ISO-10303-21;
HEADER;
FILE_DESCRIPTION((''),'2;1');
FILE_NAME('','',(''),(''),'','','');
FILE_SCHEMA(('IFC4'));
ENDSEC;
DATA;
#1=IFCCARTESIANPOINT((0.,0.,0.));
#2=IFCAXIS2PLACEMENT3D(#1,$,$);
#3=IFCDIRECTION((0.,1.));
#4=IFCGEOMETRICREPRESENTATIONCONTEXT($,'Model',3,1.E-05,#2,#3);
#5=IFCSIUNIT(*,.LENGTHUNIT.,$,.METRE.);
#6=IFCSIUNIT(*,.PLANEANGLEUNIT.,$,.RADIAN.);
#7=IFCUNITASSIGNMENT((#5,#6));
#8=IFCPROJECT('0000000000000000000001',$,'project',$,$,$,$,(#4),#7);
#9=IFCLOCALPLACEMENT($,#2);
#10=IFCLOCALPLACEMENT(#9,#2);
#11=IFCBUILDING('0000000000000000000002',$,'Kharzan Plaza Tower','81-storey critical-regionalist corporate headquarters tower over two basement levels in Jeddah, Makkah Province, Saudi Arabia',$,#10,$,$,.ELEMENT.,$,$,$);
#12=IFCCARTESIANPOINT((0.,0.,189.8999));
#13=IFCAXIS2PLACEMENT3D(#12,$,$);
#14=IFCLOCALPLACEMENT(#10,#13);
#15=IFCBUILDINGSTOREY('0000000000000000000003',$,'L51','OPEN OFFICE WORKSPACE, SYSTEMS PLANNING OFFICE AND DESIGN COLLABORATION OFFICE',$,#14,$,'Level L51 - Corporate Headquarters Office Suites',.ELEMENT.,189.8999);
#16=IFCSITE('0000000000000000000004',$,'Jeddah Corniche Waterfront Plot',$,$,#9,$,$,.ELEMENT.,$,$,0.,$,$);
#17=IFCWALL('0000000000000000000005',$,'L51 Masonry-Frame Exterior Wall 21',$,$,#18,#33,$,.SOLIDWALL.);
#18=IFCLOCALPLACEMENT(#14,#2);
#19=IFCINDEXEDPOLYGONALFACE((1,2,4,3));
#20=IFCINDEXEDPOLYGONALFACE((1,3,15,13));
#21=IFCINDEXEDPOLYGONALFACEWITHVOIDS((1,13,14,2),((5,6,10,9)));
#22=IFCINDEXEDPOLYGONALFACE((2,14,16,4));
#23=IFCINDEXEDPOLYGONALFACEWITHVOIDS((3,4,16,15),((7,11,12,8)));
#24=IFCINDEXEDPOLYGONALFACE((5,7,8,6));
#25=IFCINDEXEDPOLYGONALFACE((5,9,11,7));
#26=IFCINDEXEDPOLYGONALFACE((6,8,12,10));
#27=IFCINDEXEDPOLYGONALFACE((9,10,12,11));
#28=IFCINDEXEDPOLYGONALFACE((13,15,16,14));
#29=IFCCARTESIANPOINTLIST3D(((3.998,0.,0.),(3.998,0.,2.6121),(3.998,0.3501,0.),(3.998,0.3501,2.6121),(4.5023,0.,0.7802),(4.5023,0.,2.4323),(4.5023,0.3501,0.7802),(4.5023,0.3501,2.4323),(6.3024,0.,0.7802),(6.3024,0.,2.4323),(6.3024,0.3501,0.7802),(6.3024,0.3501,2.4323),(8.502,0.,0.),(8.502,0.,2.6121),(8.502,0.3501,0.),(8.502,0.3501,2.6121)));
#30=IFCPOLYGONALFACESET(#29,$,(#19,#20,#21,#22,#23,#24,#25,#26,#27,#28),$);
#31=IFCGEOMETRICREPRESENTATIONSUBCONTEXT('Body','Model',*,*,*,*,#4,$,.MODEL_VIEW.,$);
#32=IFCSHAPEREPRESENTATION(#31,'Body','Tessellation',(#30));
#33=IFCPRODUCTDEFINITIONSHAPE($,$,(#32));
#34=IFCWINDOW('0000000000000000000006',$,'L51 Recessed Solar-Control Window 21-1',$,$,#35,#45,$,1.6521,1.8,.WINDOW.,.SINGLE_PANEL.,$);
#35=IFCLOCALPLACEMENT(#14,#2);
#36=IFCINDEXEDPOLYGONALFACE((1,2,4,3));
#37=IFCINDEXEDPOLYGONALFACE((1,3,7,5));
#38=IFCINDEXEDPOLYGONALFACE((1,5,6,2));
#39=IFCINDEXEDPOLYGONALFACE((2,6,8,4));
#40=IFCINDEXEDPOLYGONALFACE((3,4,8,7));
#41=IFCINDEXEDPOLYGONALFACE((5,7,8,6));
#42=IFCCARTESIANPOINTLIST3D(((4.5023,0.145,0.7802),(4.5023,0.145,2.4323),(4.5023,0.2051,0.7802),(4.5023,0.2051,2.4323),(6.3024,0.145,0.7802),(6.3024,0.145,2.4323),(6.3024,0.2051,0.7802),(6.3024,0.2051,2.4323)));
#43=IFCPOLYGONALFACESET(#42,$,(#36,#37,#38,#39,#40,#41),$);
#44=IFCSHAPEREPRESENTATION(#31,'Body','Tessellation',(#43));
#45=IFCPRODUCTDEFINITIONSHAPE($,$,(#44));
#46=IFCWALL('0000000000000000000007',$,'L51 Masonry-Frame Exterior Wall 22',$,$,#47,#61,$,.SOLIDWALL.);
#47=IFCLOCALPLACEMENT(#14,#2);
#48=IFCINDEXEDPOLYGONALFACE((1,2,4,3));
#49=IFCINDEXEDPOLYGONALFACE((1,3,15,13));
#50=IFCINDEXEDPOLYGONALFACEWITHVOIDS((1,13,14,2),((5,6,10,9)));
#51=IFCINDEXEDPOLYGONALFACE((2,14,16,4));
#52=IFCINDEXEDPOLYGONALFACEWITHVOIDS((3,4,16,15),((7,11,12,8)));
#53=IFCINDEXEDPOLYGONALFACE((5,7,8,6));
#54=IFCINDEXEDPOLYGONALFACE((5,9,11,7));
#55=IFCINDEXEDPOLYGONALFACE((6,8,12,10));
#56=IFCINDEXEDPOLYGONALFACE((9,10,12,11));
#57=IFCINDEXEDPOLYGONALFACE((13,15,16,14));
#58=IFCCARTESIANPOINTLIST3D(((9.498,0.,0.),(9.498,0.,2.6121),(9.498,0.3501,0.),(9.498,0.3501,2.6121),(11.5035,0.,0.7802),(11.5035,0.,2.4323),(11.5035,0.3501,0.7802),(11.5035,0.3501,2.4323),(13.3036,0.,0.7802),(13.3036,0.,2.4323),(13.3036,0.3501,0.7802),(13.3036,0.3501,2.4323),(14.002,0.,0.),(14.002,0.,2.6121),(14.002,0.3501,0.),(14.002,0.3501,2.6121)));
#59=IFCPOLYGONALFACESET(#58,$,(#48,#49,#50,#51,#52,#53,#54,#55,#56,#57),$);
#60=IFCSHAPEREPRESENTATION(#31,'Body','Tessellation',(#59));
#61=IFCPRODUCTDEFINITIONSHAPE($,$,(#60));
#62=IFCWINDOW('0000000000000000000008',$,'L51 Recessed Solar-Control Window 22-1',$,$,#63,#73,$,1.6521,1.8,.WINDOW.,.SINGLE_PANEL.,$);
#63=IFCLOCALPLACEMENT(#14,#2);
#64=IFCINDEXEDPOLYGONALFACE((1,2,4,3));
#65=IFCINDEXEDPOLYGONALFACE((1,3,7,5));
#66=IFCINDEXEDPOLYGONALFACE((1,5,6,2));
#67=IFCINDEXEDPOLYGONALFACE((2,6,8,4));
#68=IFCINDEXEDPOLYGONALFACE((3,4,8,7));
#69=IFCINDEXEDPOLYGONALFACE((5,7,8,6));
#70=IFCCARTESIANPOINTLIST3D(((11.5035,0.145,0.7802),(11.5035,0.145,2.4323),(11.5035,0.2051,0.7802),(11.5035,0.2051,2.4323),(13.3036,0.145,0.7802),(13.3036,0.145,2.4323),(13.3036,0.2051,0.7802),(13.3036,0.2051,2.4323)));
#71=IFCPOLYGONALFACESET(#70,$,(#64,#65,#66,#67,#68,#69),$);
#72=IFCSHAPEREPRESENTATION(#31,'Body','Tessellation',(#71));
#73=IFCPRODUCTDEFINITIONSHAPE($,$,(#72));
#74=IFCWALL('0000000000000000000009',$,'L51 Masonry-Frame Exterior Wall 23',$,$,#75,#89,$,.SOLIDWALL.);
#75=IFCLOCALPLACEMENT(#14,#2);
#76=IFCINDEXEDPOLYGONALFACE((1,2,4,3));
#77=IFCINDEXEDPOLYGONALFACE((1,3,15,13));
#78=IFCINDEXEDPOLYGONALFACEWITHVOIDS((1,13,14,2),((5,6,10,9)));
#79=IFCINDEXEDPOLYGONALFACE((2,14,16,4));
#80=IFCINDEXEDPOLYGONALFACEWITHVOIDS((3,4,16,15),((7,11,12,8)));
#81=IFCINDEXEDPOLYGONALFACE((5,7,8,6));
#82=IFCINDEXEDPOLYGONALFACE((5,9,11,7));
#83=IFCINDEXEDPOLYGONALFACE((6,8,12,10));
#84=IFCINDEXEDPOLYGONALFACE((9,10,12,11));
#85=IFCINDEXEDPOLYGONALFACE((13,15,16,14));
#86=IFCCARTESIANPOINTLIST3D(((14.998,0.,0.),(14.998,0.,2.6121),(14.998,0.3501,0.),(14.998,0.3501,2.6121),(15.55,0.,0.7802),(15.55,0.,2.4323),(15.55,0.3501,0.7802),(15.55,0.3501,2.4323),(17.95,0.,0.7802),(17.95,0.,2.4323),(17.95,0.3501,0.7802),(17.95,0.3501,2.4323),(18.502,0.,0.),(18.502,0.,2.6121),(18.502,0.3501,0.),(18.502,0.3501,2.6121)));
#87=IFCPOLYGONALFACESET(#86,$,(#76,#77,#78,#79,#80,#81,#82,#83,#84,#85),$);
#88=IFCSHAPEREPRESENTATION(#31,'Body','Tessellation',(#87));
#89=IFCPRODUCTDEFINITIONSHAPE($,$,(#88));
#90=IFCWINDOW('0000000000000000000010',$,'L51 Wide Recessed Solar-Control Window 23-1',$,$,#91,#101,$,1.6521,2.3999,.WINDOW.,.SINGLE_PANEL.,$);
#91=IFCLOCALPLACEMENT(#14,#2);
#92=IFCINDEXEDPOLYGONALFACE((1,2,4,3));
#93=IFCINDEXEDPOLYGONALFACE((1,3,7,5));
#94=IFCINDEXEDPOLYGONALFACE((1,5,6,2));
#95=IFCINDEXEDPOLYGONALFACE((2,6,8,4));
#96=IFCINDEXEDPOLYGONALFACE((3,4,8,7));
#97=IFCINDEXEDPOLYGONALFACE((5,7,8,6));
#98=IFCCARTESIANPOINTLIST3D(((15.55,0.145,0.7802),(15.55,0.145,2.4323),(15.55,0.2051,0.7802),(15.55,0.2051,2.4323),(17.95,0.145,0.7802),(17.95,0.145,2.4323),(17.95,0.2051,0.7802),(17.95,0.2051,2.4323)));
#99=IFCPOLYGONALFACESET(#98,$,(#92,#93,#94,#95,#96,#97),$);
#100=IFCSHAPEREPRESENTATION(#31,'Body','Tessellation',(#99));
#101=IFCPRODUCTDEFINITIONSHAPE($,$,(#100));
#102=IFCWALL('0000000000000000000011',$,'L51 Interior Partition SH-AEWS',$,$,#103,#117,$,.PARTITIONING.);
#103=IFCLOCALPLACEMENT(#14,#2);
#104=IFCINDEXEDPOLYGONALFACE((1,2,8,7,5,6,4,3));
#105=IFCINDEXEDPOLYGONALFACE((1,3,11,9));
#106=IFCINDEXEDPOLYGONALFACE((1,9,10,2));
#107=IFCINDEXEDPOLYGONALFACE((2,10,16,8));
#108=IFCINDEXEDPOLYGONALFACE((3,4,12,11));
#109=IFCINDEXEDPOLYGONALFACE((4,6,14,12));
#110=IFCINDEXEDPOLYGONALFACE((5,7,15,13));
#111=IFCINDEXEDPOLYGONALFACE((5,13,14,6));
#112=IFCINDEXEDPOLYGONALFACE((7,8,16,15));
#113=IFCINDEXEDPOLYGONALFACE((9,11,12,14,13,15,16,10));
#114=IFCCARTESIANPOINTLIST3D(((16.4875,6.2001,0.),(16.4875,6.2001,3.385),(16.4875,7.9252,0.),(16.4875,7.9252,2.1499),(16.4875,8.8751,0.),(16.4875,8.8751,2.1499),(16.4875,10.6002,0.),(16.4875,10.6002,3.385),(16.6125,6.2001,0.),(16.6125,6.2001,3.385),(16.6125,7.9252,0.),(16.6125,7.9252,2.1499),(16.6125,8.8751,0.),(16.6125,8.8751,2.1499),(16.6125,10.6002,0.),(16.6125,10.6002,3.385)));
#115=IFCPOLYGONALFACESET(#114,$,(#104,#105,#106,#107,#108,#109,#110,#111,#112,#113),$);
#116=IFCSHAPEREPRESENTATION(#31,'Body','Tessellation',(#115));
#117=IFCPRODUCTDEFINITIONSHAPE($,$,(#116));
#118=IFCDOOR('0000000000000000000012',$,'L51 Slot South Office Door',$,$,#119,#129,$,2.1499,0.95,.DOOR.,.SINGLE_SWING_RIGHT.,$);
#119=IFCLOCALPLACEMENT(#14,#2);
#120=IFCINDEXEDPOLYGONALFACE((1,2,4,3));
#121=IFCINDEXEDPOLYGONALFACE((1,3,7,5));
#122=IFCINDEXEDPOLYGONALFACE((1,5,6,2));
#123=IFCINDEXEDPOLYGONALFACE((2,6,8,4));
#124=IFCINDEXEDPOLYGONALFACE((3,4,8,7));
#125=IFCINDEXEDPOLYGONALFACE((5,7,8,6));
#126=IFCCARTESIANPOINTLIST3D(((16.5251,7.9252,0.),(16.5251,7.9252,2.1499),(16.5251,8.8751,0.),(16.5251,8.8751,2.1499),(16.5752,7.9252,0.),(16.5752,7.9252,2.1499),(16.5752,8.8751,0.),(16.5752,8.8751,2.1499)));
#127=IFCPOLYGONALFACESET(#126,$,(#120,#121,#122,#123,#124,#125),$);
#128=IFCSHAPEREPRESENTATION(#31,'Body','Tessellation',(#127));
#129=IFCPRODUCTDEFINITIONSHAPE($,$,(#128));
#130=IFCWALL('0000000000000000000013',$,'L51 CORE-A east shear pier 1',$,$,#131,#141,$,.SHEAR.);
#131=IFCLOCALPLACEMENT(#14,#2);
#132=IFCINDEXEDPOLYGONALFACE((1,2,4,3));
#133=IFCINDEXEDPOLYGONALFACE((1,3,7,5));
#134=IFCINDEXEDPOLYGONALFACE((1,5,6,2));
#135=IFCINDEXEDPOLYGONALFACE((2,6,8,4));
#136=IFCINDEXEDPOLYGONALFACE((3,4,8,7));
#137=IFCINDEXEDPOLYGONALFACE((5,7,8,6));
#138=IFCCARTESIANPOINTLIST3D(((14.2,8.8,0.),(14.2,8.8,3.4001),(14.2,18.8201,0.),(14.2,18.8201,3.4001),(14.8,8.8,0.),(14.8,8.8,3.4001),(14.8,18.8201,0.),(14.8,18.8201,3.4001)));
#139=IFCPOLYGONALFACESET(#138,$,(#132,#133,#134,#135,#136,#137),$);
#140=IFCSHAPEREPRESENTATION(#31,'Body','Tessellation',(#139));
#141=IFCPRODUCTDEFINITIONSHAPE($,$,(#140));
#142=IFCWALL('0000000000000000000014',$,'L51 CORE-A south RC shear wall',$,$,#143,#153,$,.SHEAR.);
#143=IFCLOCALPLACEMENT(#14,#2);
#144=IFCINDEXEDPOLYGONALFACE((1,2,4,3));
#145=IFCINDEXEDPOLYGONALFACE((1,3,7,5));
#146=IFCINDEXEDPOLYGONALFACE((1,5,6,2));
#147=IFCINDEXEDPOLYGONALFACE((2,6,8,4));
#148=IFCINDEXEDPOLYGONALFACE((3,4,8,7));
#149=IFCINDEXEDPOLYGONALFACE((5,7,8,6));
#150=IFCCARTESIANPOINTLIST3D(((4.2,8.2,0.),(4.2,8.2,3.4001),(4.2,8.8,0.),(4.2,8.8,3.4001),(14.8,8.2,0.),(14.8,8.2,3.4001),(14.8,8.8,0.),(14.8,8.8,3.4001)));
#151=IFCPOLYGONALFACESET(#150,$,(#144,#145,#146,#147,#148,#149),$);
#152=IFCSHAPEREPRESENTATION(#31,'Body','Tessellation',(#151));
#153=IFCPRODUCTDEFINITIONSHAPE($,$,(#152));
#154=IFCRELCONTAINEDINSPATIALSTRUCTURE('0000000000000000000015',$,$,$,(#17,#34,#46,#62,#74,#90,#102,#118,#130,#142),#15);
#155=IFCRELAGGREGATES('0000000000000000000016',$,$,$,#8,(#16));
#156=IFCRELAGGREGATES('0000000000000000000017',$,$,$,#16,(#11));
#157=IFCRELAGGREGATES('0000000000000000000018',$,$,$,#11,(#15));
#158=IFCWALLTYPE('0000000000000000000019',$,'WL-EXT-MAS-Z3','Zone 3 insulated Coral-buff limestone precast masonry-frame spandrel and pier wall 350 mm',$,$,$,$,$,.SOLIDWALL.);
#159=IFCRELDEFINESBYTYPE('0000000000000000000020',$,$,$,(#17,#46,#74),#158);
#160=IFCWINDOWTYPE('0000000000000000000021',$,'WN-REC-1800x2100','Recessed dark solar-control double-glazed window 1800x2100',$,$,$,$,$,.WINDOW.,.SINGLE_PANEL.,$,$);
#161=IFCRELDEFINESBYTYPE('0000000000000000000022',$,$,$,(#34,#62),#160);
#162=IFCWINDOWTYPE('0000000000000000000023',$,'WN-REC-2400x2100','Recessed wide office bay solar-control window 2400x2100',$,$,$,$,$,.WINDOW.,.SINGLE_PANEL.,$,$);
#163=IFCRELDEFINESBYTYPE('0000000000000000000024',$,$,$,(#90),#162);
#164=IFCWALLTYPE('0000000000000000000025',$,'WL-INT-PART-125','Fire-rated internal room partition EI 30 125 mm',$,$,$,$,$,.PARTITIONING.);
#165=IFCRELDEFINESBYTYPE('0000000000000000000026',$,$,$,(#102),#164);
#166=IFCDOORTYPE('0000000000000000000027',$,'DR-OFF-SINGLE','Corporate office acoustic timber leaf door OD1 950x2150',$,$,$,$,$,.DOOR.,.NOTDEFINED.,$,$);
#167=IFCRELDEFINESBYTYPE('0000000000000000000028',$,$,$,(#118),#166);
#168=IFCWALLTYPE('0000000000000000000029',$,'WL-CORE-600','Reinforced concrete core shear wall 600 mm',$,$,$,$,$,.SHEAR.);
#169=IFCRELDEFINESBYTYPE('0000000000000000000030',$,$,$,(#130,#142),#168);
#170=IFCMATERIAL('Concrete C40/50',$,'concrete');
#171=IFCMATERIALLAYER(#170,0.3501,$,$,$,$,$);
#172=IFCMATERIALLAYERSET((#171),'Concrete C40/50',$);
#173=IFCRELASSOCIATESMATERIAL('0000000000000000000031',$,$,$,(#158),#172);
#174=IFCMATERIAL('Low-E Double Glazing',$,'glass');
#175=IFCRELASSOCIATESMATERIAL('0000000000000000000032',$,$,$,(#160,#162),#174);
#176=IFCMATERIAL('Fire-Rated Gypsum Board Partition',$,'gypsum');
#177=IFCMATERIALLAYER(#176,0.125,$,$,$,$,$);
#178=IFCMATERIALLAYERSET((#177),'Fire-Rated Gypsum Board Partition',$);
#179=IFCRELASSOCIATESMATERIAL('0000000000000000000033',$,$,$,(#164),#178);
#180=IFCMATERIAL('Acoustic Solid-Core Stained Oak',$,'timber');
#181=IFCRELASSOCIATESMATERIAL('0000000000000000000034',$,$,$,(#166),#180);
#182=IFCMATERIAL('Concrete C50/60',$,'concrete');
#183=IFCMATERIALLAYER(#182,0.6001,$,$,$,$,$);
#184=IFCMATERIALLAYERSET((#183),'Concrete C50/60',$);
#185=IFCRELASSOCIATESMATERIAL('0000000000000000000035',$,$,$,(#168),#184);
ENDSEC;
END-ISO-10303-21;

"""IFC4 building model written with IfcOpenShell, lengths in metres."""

from ifc_helpers import new_model, si_unit, direction, frame, frame_2d, origin, place, context, subcontext, project, spatial, rectangle, extrude, source, transform, mapped, material, layer, layer_set, type_object, element, fill, save


model = new_model("IFC4")

# Units and contexts
model_context = context("Model", 3, precision=1e-05, world=origin(), true_north=direction((0.0, 1.0)))
body_context = subcontext(model_context, "Body", "Model", "MODEL_VIEW")
ifc_project = project(units=[si_unit("LENGTHUNIT", "METRE"), si_unit("PLANEANGLEUNIT", "RADIAN")], contexts=[model_context])

# Site, building, storey
site_placement = place(None, origin())
site = spatial("IfcSite", under=ifc_project, at=site_placement, Name="Jeddah Corniche Waterfront Plot", CompositionType="ELEMENT", RefElevation=0.0)
building_placement = place(site_placement, origin())
building = spatial("IfcBuilding", under=site, at=building_placement, Name="Kharzan Plaza Tower", Description="81-storey critical-regionalist corporate headquarters tower over two basement levels in Jeddah, Makkah Province, Saudi Arabia", CompositionType="ELEMENT")
storey_placement = place(building_placement, frame((0.0, 0.0, 189.8999)))
storey = spatial("IfcBuildingStorey", under=building, at=storey_placement, Name="L51", Description="OPEN OFFICE WORKSPACE, SYSTEMS PLANNING OFFICE AND DESIGN COLLABORATION OFFICE", LongName="Level L51 - Corporate Headquarters Office Suites", CompositionType="ELEMENT", Elevation=189.8999)

# Shared definitions
ifc_material_1 = material(Name="Concrete C50/60", Category="concrete")

# Walls, openings, windows
ifc_material_2 = material(Name="Concrete C40/50", Category="concrete")
ifc_layer_1 = layer(ifc_material_2, 0.3501)
ifc_layer_set_1 = layer_set([ifc_layer_1], Name="Concrete C40/50")
wall_type_1 = type_object("IfcWallType", Name="WL-EXT-MAS-Z3", Description="Zone 3 insulated Coral-buff limestone precast masonry-frame spandrel and pier wall 350 mm", PredefinedType="SOLIDWALL", material=ifc_layer_set_1)
wall_1_placement = place(storey_placement, frame((3.998, 0.175, 0.0), z_axis=(0.0, 0.0, 1.0), x_axis=(1.0, 0.0, 0.0)))
wall_1 = element("IfcWall", 1, at=wall_1_placement, inside=storey, type_object=wall_type_1, Name="L51 Masonry-Frame Exterior Wall 21", PredefinedType="SOLIDWALL", context=body_context, shape_type="SweptSolid", body=[
    extrude(rectangle(XDim=4.5039, YDim=0.3501, at=frame_2d((2.252, 0.0))), origin(), (0.0, 0.0, 1.0), 2.6121),
])
opening_1_placement = place(wall_1_placement, frame((0.5044, 0.0, 0.78)))
opening_1 = element("IfcOpeningElement", 2, at=opening_1_placement, cuts=wall_1, PredefinedType="OPENING", context=body_context, shape_type="SweptSolid", body=[
    extrude(rectangle(XDim=1.8, YDim=1.6521, at=frame_2d((0.8999, 0.8262))), frame((0.0, 0.1851, 0.0), z_axis=(0.0, -1.0, 0.0), x_axis=(1.0, 0.0, 0.0)), (0.0, 0.0, 1.0), 0.3701),
])
ifc_material_3 = material(Name="Low-E Double Glazing", Category="glass")
window_type_1 = type_object("IfcWindowType", Name="WN-REC-1800x2100", Description="Recessed dark solar-control double-glazed window 1800x2100", PartitioningType="SINGLE_PANEL", PredefinedType="WINDOW", material=ifc_material_3)
shared_shape_1 = source(origin(), body_context, "Body", "SweptSolid", [
    extrude(rectangle(XDim=1.8, YDim=1.6521, at=frame_2d((0.8999, 0.8262))), frame((0.0, 0.03, 0.0), z_axis=(0.0, -1.0, 0.0), x_axis=(1.0, 0.0, 0.0)), (0.0, 0.0, 1.0), 0.0601),
])
window_1_placement = place(opening_1_placement, origin())
window_1 = element("IfcWindow", 3, at=window_1_placement, inside=storey, type_object=window_type_1, Name="L51 Recessed Solar-Control Window 21-1", OverallHeight=1.6521, OverallWidth=1.8, PartitioningType="SINGLE_PANEL", PredefinedType="WINDOW", context=body_context, shape_type="MappedRepresentation", body=[
    mapped(shared_shape_1, transform((0.0, 0.0, 0.0), x_axis=(1.0, 0.0, 0.0), y_axis=(0.0, 1.0, 0.0), z_axis=(0.0, 0.0, 1.0))),
])
fill(opening_1, window_1)
wall_2_placement = place(storey_placement, frame((9.498, 0.175, 0.0), z_axis=(0.0, 0.0, 1.0), x_axis=(1.0, 0.0, 0.0)))
wall_2 = element("IfcWall", 4, at=wall_2_placement, inside=storey, type_object=wall_type_1, Name="L51 Masonry-Frame Exterior Wall 22", PredefinedType="SOLIDWALL", context=body_context, shape_type="SweptSolid", body=[
    extrude(rectangle(XDim=4.5039, YDim=0.3501, at=frame_2d((2.252, 0.0))), origin(), (0.0, 0.0, 1.0), 2.6121),
])
opening_2_placement = place(wall_2_placement, frame((2.0056, 0.0, 0.78)))
opening_2 = element("IfcOpeningElement", 5, at=opening_2_placement, cuts=wall_2, PredefinedType="OPENING", context=body_context, shape_type="SweptSolid", body=[
    extrude(rectangle(XDim=1.8, YDim=1.6521, at=frame_2d((0.8999, 0.8262))), frame((0.0, 0.1851, 0.0), z_axis=(0.0, -1.0, 0.0), x_axis=(1.0, 0.0, 0.0)), (0.0, 0.0, 1.0), 0.3701),
])
window_2_placement = place(opening_2_placement, origin())
window_2 = element("IfcWindow", 6, at=window_2_placement, inside=storey, type_object=window_type_1, Name="L51 Recessed Solar-Control Window 22-1", OverallHeight=1.6521, OverallWidth=1.8, PartitioningType="SINGLE_PANEL", PredefinedType="WINDOW", context=body_context, shape_type="MappedRepresentation", body=[
    mapped(shared_shape_1, transform((0.0, 0.0, 0.0), x_axis=(1.0, 0.0, 0.0), y_axis=(0.0, 1.0, 0.0), z_axis=(0.0, 0.0, 1.0))),
])
fill(opening_2, window_2)
wall_3_placement = place(storey_placement, frame((14.998, 0.175, 0.0), z_axis=(0.0, 0.0, 1.0), x_axis=(1.0, 0.0, 0.0)))
wall_3 = element("IfcWall", 7, at=wall_3_placement, inside=storey, type_object=wall_type_1, Name="L51 Masonry-Frame Exterior Wall 23", PredefinedType="SOLIDWALL", context=body_context, shape_type="SweptSolid", body=[
    extrude(rectangle(XDim=3.5039, YDim=0.3501, at=frame_2d((1.752, 0.0))), origin(), (0.0, 0.0, 1.0), 2.6121),
])
opening_3_placement = place(wall_3_placement, frame((0.552, 0.0, 0.78)))
opening_3 = element("IfcOpeningElement", 8, at=opening_3_placement, cuts=wall_3, PredefinedType="OPENING", context=body_context, shape_type="SweptSolid", body=[
    extrude(rectangle(XDim=2.3999, YDim=1.6521, at=frame_2d((1.2, 0.8262))), frame((0.0, 0.1851, 0.0), z_axis=(0.0, -1.0, 0.0), x_axis=(1.0, 0.0, 0.0)), (0.0, 0.0, 1.0), 0.3701),
])
window_type_2 = type_object("IfcWindowType", Name="WN-REC-2400x2100", Description="Recessed wide office bay solar-control window 2400x2100", PartitioningType="SINGLE_PANEL", PredefinedType="WINDOW", material=ifc_material_3)
shared_shape_2 = source(origin(), body_context, "Body", "SweptSolid", [
    extrude(rectangle(XDim=2.3999, YDim=1.6521, at=frame_2d((1.2, 0.8262))), frame((0.0, 0.03, 0.0), z_axis=(0.0, -1.0, 0.0), x_axis=(1.0, 0.0, 0.0)), (0.0, 0.0, 1.0), 0.0601),
])
window_3_placement = place(opening_3_placement, origin())
window_3 = element("IfcWindow", 9, at=window_3_placement, inside=storey, type_object=window_type_2, Name="L51 Wide Recessed Solar-Control Window 23-1", OverallHeight=1.6521, OverallWidth=2.3999, PartitioningType="SINGLE_PANEL", PredefinedType="WINDOW", context=body_context, shape_type="MappedRepresentation", body=[
    mapped(shared_shape_2, transform((0.0, 0.0, 0.0), x_axis=(1.0, 0.0, 0.0), y_axis=(0.0, 1.0, 0.0), z_axis=(0.0, 0.0, 1.0))),
])
fill(opening_3, window_3)

# Wall, opening, door
ifc_material_4 = material(Name="Fire-Rated Gypsum Board Partition", Category="gypsum")
ifc_layer_2 = layer(ifc_material_4, 0.125)
ifc_layer_set_2 = layer_set([ifc_layer_2], Name="Fire-Rated Gypsum Board Partition")
wall_type_2 = type_object("IfcWallType", Name="WL-INT-PART-125", Description="Fire-rated internal room partition EI 30 125 mm", PredefinedType="PARTITIONING", material=ifc_layer_set_2)
wall_4_placement = place(storey_placement, frame((16.55, 6.2, 0.0), z_axis=(0.0, 0.0, 1.0), x_axis=(0.0, 1.0, 0.0)))
wall_4 = element("IfcWall", 10, at=wall_4_placement, inside=storey, type_object=wall_type_2, Name="L51 Interior Partition SH-AEWS", PredefinedType="PARTITIONING", context=body_context, shape_type="SweptSolid", body=[
    extrude(rectangle(XDim=4.4001, YDim=0.125, at=frame_2d((2.2002, 0.0))), origin(), (0.0, 0.0, 1.0), 3.385),
])
opening_4_placement = place(wall_4_placement, frame((1.7251, 0.0, 0.0)))
opening_4 = element("IfcOpeningElement", 11, at=opening_4_placement, cuts=wall_4, PredefinedType="OPENING", context=body_context, shape_type="SweptSolid", body=[
    extrude(rectangle(XDim=0.95, YDim=2.1499, at=frame_2d((0.4751, 1.075))), frame((0.0, 0.0725, 0.0), z_axis=(0.0, -1.0, 0.0), x_axis=(1.0, 0.0, 0.0)), (0.0, 0.0, 1.0), 0.145),
])
ifc_material_5 = material(Name="Acoustic Solid-Core Stained Oak", Category="timber")
door_type = type_object("IfcDoorType", Name="DR-OFF-SINGLE", Description="Corporate office acoustic timber leaf door OD1 950x2150", OperationType="NOTDEFINED", PredefinedType="DOOR", material=ifc_material_5)
shared_shape_3 = source(origin(), body_context, "Body", "SweptSolid", [
    extrude(rectangle(XDim=0.95, YDim=2.1499, at=frame_2d((0.4751, 1.075))), frame((0.0, 0.0249, 0.0), z_axis=(0.0, -1.0, 0.0), x_axis=(1.0, 0.0, 0.0)), (0.0, 0.0, 1.0), 0.05),
])
door_1_placement = place(opening_4_placement, origin())
door_1 = element("IfcDoor", 12, at=door_1_placement, inside=storey, type_object=door_type, Name="L51 Slot South Office Door", OperationType="SINGLE_SWING_RIGHT", OverallHeight=2.1499, OverallWidth=0.95, PredefinedType="DOOR", context=body_context, shape_type="MappedRepresentation", body=[
    mapped(shared_shape_3, transform((0.0, 0.0, 0.0), x_axis=(1.0, 0.0, 0.0), y_axis=(0.0, 1.0, 0.0), z_axis=(0.0, 0.0, 1.0))),
])
fill(opening_4, door_1)

# Walls
ifc_layer_3 = layer(ifc_material_1, 0.6001)
ifc_layer_set_3 = layer_set([ifc_layer_3], Name="Concrete C50/60")
wall_type_3 = type_object("IfcWallType", Name="WL-CORE-600", Description="Reinforced concrete core shear wall 600 mm", PredefinedType="SHEAR", material=ifc_layer_set_3)
shared_shape_4 = source(origin(), body_context, "Body", "SweptSolid", [
    extrude(rectangle(XDim=10.02, YDim=0.6001, at=frame_2d((5.01, 0.0))), origin(), (0.0, 0.0, 1.0), 3.4001),
])
wall_5_placement = place(storey_placement, frame((14.5, 8.8, 0.0), z_axis=(0.0, 0.0, 1.0), x_axis=(0.0, 1.0, 0.0)))
element("IfcWall", 13, at=wall_5_placement, inside=storey, type_object=wall_type_3, Name="L51 CORE-A east shear pier 1", PredefinedType="SHEAR", context=body_context, shape_type="MappedRepresentation", body=[
    mapped(shared_shape_4, transform((0.0, 0.0, 0.0), x_axis=(1.0, 0.0, 0.0), y_axis=(0.0, 1.0, 0.0), z_axis=(0.0, 0.0, 1.0))),
])
shared_shape_5 = source(origin(), body_context, "Body", "SweptSolid", [
    extrude(rectangle(XDim=10.6001, YDim=0.6001, at=frame_2d((5.3, 0.0))), origin(), (0.0, 0.0, 1.0), 3.4001),
])
wall_6_placement = place(storey_placement, frame((4.2, 8.5, 0.0), z_axis=(0.0, 0.0, 1.0), x_axis=(1.0, 0.0, 0.0)))
element("IfcWall", 14, at=wall_6_placement, inside=storey, type_object=wall_type_3, Name="L51 CORE-A south RC shear wall", PredefinedType="SHEAR", context=body_context, shape_type="MappedRepresentation", body=[
    mapped(shared_shape_5, transform((0.0, 0.0, 0.0), x_axis=(1.0, 0.0, 0.0), y_axis=(0.0, 1.0, 0.0), z_axis=(0.0, 0.0, 1.0))),
])

save(model, "model.ifc")
